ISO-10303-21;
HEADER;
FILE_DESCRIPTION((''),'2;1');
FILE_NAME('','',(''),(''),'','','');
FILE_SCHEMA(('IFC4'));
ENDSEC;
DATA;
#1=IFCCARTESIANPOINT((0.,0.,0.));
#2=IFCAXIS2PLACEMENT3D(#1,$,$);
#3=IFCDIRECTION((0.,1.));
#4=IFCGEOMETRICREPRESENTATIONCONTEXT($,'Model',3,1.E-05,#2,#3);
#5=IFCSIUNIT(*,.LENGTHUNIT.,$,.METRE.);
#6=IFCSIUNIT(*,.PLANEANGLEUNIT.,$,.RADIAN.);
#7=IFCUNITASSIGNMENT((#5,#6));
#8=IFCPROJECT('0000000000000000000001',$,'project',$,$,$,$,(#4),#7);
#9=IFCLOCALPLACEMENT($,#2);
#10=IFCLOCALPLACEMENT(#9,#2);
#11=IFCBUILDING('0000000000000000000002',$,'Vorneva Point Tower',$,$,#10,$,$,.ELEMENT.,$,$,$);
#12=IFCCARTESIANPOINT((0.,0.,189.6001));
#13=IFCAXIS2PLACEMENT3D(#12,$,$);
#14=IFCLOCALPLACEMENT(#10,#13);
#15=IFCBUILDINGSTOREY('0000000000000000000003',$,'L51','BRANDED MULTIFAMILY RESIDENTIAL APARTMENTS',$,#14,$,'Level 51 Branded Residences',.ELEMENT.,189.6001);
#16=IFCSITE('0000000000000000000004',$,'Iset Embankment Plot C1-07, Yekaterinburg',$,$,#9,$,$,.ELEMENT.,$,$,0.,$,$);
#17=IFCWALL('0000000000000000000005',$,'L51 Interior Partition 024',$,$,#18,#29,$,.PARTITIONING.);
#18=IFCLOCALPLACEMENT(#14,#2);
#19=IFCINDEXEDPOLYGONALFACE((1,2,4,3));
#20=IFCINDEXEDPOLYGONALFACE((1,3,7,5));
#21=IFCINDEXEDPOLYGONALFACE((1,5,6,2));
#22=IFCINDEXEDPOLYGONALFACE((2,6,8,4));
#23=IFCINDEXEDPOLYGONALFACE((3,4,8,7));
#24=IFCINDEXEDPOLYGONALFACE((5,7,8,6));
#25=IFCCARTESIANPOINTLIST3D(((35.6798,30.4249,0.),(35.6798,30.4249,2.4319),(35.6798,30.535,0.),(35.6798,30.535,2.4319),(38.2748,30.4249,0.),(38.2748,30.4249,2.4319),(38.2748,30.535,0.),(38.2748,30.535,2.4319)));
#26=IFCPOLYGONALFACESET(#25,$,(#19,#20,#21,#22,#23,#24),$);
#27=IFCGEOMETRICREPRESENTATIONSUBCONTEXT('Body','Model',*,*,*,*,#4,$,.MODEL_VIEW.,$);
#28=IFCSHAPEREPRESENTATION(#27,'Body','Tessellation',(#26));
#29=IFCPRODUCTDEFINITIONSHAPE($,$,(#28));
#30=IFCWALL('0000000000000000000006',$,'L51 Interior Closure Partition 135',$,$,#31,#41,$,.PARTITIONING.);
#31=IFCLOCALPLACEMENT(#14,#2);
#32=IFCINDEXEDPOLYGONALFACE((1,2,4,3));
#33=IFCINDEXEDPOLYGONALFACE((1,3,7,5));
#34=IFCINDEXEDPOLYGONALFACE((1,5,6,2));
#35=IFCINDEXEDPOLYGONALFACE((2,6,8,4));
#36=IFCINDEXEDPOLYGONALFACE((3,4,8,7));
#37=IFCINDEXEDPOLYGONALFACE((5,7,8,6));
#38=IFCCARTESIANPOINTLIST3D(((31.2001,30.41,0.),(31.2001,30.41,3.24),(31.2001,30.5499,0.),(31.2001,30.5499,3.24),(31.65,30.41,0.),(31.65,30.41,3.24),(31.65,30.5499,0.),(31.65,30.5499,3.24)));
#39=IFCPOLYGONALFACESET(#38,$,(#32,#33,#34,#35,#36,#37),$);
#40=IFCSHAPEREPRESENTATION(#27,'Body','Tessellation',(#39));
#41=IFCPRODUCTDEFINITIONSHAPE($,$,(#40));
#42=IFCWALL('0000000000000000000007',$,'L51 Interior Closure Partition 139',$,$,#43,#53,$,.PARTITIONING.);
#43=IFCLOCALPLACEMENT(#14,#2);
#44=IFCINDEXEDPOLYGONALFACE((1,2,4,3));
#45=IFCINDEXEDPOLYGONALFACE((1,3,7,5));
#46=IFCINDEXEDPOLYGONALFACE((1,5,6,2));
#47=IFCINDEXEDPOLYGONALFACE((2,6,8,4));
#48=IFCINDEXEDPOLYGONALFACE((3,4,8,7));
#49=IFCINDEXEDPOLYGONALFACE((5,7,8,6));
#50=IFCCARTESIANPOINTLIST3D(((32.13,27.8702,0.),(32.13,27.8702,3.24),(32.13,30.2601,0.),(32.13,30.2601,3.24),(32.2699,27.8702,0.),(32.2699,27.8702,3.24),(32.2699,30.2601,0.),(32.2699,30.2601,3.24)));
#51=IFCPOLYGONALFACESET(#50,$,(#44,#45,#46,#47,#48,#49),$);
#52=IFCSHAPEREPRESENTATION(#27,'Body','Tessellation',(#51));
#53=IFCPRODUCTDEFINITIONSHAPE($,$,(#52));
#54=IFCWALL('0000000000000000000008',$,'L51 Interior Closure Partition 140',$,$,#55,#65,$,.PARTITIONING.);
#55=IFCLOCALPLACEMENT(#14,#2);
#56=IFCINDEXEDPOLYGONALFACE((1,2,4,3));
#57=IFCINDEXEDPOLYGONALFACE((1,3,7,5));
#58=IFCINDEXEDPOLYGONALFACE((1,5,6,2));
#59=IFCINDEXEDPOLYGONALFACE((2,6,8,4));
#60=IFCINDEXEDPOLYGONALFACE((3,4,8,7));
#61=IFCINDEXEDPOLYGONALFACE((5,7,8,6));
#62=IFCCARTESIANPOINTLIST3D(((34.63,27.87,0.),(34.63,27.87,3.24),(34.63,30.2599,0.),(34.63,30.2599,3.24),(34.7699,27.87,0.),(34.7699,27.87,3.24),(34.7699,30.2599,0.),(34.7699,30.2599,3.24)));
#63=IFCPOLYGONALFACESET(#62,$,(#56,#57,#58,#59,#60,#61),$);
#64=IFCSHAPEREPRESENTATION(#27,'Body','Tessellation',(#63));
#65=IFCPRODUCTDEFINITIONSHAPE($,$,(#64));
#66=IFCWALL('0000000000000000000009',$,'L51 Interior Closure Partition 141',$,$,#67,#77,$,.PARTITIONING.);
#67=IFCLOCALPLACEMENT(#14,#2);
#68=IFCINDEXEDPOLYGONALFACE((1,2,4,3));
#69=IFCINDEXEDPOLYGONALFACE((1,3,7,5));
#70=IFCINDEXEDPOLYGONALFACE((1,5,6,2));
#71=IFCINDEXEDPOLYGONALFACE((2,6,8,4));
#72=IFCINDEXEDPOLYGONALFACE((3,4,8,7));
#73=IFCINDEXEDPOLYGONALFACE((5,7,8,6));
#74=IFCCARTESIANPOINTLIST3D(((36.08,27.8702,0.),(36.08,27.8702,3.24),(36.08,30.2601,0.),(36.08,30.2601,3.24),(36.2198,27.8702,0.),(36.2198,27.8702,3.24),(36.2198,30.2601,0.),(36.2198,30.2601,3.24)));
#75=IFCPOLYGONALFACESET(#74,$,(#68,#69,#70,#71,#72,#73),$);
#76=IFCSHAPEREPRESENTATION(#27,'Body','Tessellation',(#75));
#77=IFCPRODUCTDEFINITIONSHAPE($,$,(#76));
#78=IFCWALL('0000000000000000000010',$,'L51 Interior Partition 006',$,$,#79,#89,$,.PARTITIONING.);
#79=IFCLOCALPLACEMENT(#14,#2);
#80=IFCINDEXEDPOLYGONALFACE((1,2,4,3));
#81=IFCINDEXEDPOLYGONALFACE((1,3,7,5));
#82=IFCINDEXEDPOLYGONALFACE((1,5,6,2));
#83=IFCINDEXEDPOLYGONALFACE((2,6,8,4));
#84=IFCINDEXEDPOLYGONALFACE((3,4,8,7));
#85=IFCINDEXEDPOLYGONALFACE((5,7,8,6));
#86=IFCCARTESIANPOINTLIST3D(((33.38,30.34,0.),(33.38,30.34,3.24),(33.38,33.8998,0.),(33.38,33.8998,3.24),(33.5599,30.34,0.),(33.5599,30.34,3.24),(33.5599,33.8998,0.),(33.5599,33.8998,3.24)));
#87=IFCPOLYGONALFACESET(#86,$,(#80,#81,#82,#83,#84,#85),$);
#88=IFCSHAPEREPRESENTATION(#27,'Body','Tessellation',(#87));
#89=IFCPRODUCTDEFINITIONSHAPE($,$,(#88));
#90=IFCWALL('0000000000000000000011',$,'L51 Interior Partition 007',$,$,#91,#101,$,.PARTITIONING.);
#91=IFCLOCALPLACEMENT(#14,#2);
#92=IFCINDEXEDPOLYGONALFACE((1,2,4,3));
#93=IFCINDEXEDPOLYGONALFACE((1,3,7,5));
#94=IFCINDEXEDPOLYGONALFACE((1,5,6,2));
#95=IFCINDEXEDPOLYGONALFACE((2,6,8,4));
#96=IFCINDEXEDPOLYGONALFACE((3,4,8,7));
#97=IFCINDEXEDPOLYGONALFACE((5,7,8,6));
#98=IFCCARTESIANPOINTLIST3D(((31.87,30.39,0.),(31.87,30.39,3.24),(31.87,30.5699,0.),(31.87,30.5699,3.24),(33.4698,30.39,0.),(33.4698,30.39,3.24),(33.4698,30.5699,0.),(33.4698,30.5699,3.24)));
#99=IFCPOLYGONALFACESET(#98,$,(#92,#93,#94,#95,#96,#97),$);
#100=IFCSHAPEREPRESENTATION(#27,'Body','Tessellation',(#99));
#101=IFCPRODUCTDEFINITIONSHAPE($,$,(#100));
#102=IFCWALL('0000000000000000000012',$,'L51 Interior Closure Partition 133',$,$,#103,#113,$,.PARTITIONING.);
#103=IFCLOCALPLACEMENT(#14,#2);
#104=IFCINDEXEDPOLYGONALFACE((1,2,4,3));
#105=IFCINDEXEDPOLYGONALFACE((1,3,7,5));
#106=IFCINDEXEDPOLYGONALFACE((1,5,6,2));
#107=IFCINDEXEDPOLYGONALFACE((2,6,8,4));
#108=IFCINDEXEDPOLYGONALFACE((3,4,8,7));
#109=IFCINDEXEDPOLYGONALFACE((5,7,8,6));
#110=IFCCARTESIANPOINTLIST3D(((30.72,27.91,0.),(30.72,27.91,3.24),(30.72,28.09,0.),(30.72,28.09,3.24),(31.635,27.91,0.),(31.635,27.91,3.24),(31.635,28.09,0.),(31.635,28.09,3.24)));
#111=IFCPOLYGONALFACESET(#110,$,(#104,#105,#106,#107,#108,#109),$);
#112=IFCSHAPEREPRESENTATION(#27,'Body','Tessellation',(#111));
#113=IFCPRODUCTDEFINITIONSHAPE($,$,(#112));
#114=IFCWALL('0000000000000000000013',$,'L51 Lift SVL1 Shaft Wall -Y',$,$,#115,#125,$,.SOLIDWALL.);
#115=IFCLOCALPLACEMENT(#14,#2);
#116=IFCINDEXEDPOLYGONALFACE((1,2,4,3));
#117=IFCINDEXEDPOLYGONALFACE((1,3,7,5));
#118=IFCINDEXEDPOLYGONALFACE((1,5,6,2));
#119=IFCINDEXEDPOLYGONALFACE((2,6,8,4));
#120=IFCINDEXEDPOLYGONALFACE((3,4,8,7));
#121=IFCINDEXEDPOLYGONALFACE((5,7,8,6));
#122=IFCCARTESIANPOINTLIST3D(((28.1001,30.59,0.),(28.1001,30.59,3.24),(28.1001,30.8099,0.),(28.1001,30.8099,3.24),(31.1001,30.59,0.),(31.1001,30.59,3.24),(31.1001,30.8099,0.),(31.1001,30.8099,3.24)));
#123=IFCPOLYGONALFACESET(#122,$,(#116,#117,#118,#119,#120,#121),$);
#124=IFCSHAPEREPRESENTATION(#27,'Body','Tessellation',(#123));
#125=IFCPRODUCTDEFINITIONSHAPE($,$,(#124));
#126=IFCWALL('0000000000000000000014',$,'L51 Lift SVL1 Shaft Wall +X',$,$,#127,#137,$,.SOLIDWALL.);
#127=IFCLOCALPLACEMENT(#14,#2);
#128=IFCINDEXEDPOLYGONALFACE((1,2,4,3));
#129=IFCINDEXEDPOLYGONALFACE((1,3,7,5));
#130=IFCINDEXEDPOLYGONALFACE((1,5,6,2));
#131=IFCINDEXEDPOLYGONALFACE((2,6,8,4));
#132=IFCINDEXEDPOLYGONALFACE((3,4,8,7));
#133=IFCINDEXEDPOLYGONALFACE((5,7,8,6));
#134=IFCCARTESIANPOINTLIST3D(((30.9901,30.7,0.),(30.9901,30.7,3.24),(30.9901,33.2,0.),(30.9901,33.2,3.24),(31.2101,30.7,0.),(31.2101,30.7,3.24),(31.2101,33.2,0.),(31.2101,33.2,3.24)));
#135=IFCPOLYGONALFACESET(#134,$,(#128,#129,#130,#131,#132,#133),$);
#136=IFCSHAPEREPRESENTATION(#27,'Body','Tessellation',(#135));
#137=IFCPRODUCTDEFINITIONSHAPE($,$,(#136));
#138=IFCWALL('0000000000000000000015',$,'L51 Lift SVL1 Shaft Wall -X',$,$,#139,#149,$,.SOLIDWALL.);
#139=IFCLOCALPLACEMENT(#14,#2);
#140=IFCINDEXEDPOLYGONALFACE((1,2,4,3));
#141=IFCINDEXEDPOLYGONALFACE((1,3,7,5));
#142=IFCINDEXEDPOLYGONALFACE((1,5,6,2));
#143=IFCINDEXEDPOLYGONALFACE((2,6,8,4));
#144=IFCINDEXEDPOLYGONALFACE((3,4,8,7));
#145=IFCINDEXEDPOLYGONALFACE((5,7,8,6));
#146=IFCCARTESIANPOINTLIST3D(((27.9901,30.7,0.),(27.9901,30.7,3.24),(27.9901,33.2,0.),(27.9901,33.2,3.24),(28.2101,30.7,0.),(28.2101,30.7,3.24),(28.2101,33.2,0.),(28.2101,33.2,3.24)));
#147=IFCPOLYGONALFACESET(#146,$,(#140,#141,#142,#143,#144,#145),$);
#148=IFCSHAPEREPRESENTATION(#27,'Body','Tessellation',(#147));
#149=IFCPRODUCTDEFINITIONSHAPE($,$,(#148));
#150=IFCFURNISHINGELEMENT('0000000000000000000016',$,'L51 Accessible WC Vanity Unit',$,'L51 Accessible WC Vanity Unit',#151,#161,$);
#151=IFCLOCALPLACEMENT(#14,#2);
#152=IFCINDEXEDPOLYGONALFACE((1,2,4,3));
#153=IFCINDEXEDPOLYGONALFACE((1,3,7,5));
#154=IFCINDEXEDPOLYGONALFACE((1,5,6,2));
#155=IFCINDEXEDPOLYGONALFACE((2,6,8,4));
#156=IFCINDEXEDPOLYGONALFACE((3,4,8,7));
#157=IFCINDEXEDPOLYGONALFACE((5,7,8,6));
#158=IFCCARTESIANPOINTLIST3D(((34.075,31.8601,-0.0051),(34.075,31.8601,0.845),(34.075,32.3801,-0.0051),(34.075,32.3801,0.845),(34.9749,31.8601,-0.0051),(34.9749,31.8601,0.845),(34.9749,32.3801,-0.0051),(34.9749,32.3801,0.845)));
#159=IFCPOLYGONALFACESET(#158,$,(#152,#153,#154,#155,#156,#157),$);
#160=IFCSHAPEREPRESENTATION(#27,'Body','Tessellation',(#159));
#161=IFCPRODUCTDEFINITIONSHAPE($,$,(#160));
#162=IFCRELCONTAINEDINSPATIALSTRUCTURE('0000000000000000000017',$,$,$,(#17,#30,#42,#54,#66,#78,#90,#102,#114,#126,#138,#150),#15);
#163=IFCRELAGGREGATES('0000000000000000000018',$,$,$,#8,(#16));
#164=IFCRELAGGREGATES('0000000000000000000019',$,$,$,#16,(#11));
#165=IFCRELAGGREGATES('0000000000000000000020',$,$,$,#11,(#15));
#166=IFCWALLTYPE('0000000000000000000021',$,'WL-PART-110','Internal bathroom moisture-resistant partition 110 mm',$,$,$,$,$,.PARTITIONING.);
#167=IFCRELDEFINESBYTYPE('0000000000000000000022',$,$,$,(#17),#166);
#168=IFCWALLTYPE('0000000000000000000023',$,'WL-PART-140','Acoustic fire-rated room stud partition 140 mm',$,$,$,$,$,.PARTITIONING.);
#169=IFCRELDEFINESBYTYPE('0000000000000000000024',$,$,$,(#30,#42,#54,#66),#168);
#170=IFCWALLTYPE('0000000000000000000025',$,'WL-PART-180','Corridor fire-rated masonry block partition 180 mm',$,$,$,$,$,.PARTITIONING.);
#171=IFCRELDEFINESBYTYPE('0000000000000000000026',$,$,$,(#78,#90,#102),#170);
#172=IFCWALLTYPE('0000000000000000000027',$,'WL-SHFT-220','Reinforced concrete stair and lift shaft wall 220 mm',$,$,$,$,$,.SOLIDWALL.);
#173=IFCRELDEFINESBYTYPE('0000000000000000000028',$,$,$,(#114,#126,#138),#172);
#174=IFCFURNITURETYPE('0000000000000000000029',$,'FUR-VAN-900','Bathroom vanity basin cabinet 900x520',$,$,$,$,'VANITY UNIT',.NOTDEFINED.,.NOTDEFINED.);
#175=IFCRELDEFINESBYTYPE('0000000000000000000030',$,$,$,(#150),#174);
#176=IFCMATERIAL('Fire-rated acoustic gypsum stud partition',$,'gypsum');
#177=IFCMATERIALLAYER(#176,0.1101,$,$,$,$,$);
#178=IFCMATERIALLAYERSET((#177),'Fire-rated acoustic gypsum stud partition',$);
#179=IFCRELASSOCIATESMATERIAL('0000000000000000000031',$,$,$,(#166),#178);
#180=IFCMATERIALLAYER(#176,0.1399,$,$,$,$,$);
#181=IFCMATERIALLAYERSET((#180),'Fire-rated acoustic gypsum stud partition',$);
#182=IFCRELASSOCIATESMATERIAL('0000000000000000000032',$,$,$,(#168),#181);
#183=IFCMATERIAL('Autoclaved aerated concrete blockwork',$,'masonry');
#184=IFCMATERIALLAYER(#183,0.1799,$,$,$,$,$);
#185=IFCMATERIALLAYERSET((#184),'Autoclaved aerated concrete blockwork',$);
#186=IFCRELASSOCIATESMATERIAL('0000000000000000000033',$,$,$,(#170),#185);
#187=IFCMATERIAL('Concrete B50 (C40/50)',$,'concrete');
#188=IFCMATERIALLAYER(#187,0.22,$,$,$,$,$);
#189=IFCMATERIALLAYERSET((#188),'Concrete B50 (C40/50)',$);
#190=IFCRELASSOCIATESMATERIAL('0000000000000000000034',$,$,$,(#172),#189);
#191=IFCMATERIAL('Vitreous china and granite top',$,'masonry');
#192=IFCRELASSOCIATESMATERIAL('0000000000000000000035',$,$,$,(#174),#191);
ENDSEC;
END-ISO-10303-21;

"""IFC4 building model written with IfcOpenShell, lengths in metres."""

from ifc_helpers import new_model, si_unit, direction, frame, frame_2d, origin, origin_2d, place, context, subcontext, project, spatial, rectangle, extrude, material, layer, layer_set, type_object, element, save


model = new_model("IFC4")

# Units and contexts
model_context = context("Model", 3, precision=1e-05, world=origin(), true_north=direction((0.0, 1.0)))
body_context = subcontext(model_context, "Body", "Model", "MODEL_VIEW")
ifc_project = project(units=[si_unit("LENGTHUNIT", "METRE"), si_unit("PLANEANGLEUNIT", "RADIAN")], contexts=[model_context])

# Site, building, storey
site_placement = place(None, origin())
site = spatial("IfcSite", under=ifc_project, at=site_placement, Name="Iset Embankment Plot C1-07, Yekaterinburg", CompositionType="ELEMENT", RefElevation=0.0)
building_placement = place(site_placement, origin())
building = spatial("IfcBuilding", under=site, at=building_placement, Name="Vorneva Point Tower", CompositionType="ELEMENT")
storey_placement = place(building_placement, frame((0.0, 0.0, 189.6001)))
storey = spatial("IfcBuildingStorey", under=building, at=storey_placement, Name="L51", Description="BRANDED MULTIFAMILY RESIDENTIAL APARTMENTS", LongName="Level 51 Branded Residences", CompositionType="ELEMENT", Elevation=189.6001)

# Shared definitions
ifc_material_1 = material(Name="Concrete B50 (C40/50)", Category="concrete")

# Walls
ifc_material_2 = material(Name="Fire-rated acoustic gypsum stud partition", Category="gypsum")
ifc_layer_1 = layer(ifc_material_2, 0.1101)
ifc_layer_set_1 = layer_set([ifc_layer_1], Name="Fire-rated acoustic gypsum stud partition")
wall_type_1 = type_object("IfcWallType", Name="WL-PART-110", Description="Internal bathroom moisture-resistant partition 110 mm", PredefinedType="PARTITIONING", material=ifc_layer_set_1)
wall_1_placement = place(storey_placement, frame((35.6799, 30.48, 0.0), z_axis=(0.0, 0.0, 1.0), x_axis=(1.0, 0.0, 0.0)))
element("IfcWall", 1, at=wall_1_placement, inside=storey, type_object=wall_type_1, Name="L51 Interior Partition 024", PredefinedType="PARTITIONING", context=body_context, shape_type="SweptSolid", body=[
    extrude(rectangle(XDim=2.595, YDim=0.1101, at=frame_2d((1.2974, 0.0))), origin(), (0.0, 0.0, 1.0), 2.4319),
])
ifc_layer_2 = layer(ifc_material_2, 0.1399)
ifc_layer_set_2 = layer_set([ifc_layer_2], Name="Fire-rated acoustic gypsum stud partition")
wall_type_2 = type_object("IfcWallType", Name="WL-PART-140", Description="Acoustic fire-rated room stud partition 140 mm", PredefinedType="PARTITIONING", material=ifc_layer_set_2)
wall_2_placement = place(storey_placement, frame((31.2, 30.48, 0.0), z_axis=(0.0, 0.0, 1.0), x_axis=(1.0, 0.0, 0.0)))
element("IfcWall", 2, at=wall_2_placement, inside=storey, type_object=wall_type_2, Name="L51 Interior Closure Partition 135", PredefinedType="PARTITIONING", context=body_context, shape_type="SweptSolid", body=[
    extrude(rectangle(XDim=0.45, YDim=0.1399, at=frame_2d((0.2251, 0.0))), origin(), (0.0, 0.0, 1.0), 3.24),
])
for number, where, z_axis, x_axis, name in (
    (3, (32.2, 30.26, 0.0), (0.0, 0.0, 1.0), (0.0, -1.0, 0.0), "L51 Interior Closure Partition 139"),
    (4, (34.7, 27.8701, 0.0), (0.0, 0.0, 1.0), (0.0, 1.0, 0.0), "L51 Interior Closure Partition 140"),
    (5, (36.1499, 30.26, 0.0), (0.0, 0.0, 1.0), (0.0, -1.0, 0.0), "L51 Interior Closure Partition 141"),
):
    element("IfcWall", number, at=place(storey_placement, frame(where, z_axis=z_axis, x_axis=x_axis)), inside=storey, type_object=wall_type_2, Name=name, PredefinedType="PARTITIONING", context=body_context, shape_type="SweptSolid", body=[
        extrude(rectangle(XDim=2.3899, YDim=0.1399, at=frame_2d((1.1948, 0.0))), origin(), (0.0, 0.0, 1.0), 3.24),
    ])

# Shared definitions
ifc_material_3 = material(Name="Autoclaved aerated concrete blockwork", Category="masonry")
ifc_layer_3 = layer(ifc_material_3, 0.1799)
ifc_layer_set_3 = layer_set([ifc_layer_3], Name="Autoclaved aerated concrete blockwork")
wall_type_3 = type_object("IfcWallType", Name="WL-PART-180", Description="Corridor fire-rated masonry block partition 180 mm", PredefinedType="PARTITIONING", material=ifc_layer_set_3)

# Walls
wall_3_placement = place(storey_placement, frame((33.47, 30.3401, 0.0), z_axis=(0.0, 0.0, 1.0), x_axis=(0.0, 1.0, 0.0)))
element("IfcWall", 6, at=wall_3_placement, inside=storey, type_object=wall_type_3, Name="L51 Interior Partition 006", PredefinedType="PARTITIONING", context=body_context, shape_type="SweptSolid", body=[
    extrude(rectangle(XDim=3.5598, YDim=0.1799, at=frame_2d((1.7798, 0.0))), origin(), (0.0, 0.0, 1.0), 3.24),
])
wall_4_placement = place(storey_placement, frame((31.8701, 30.48, 0.0), z_axis=(0.0, 0.0, 1.0), x_axis=(1.0, 0.0, 0.0)))
element("IfcWall", 7, at=wall_4_placement, inside=storey, type_object=wall_type_3, Name="L51 Interior Partition 007", PredefinedType="PARTITIONING", context=body_context, shape_type="SweptSolid", body=[
    extrude(rectangle(XDim=1.5999, YDim=0.1799, at=frame_2d((0.7998, 0.0))), origin(), (0.0, 0.0, 1.0), 3.24),
])

# Walls
wall_5_placement = place(storey_placement, frame((31.635, 28.0, 0.0), z_axis=(0.0, 0.0, 1.0), x_axis=(-1.0, 0.0, 0.0)))
element("IfcWall", 8, at=wall_5_placement, inside=storey, type_object=wall_type_3, Name="L51 Interior Closure Partition 133", PredefinedType="PARTITIONING", context=body_context, shape_type="SweptSolid", body=[
    extrude(rectangle(XDim=0.915, YDim=0.1799, at=frame_2d((0.4575, 0.0))), origin(), (0.0, 0.0, 1.0), 3.24),
])
ifc_layer_4 = layer(ifc_material_1, 0.22)
ifc_layer_set_4 = layer_set([ifc_layer_4], Name="Concrete B50 (C40/50)")
wall_type_4 = type_object("IfcWallType", Name="WL-SHFT-220", Description="Reinforced concrete stair and lift shaft wall 220 mm", PredefinedType="SOLIDWALL", material=ifc_layer_set_4)
wall_6_placement = place(storey_placement, frame((28.1001, 30.7, 0.0), z_axis=(0.0, 0.0, 1.0), x_axis=(1.0, 0.0, 0.0)))
element("IfcWall", 9, at=wall_6_placement, inside=storey, type_object=wall_type_4, Name="L51 Lift SVL1 Shaft Wall -Y", PredefinedType="SOLIDWALL", context=body_context, shape_type="SweptSolid", body=[
    extrude(rectangle(XDim=3.0, YDim=0.22, at=frame_2d((1.5, 0.0))), origin(), (0.0, 0.0, 1.0), 3.24),
])
for number, where, z_axis, x_axis, name in (
    (10, (31.1001, 30.7, 0.0), (0.0, 0.0, 1.0), (0.0, 1.0, 0.0), "L51 Lift SVL1 Shaft Wall +X"),
    (11, (28.1001, 33.2, 0.0), (0.0, 0.0, 1.0), (0.0, -1.0, 0.0), "L51 Lift SVL1 Shaft Wall -X"),
):
    element("IfcWall", number, at=place(storey_placement, frame(where, z_axis=z_axis, x_axis=x_axis)), inside=storey, type_object=wall_type_4, Name=name, PredefinedType="SOLIDWALL", context=body_context, shape_type="SweptSolid", body=[
        extrude(rectangle(XDim=2.5, YDim=0.22, at=frame_2d((1.25, 0.0))), origin(), (0.0, 0.0, 1.0), 3.24),
    ])

# Furnishing element
ifc_material_4 = material(Name="Vitreous china and granite top", Category="masonry")
furniture_type = type_object("IfcFurnitureType", Name="FUR-VAN-900", Description="Bathroom vanity basin cabinet 900x520", ElementType="VANITY UNIT", AssemblyPlace="NOTDEFINED", PredefinedType="NOTDEFINED", material=ifc_material_4)
furnishing_placement = place(storey_placement, frame((34.5249, 32.1201, -0.0051), z_axis=(0.0, 0.0, 1.0), x_axis=(1.0, 0.0, 0.0)))
element("IfcFurnishingElement", 12, at=furnishing_placement, inside=storey, type_object=furniture_type, Name="L51 Accessible WC Vanity Unit", ObjectType="L51 Accessible WC Vanity Unit", context=body_context, shape_type="SweptSolid", body=[
    extrude(rectangle(XDim=0.8999, YDim=0.52, at=origin_2d()), origin(), (0.0, 0.0, 1.0), 0.8501),
])

save(model, "model.ifc")
